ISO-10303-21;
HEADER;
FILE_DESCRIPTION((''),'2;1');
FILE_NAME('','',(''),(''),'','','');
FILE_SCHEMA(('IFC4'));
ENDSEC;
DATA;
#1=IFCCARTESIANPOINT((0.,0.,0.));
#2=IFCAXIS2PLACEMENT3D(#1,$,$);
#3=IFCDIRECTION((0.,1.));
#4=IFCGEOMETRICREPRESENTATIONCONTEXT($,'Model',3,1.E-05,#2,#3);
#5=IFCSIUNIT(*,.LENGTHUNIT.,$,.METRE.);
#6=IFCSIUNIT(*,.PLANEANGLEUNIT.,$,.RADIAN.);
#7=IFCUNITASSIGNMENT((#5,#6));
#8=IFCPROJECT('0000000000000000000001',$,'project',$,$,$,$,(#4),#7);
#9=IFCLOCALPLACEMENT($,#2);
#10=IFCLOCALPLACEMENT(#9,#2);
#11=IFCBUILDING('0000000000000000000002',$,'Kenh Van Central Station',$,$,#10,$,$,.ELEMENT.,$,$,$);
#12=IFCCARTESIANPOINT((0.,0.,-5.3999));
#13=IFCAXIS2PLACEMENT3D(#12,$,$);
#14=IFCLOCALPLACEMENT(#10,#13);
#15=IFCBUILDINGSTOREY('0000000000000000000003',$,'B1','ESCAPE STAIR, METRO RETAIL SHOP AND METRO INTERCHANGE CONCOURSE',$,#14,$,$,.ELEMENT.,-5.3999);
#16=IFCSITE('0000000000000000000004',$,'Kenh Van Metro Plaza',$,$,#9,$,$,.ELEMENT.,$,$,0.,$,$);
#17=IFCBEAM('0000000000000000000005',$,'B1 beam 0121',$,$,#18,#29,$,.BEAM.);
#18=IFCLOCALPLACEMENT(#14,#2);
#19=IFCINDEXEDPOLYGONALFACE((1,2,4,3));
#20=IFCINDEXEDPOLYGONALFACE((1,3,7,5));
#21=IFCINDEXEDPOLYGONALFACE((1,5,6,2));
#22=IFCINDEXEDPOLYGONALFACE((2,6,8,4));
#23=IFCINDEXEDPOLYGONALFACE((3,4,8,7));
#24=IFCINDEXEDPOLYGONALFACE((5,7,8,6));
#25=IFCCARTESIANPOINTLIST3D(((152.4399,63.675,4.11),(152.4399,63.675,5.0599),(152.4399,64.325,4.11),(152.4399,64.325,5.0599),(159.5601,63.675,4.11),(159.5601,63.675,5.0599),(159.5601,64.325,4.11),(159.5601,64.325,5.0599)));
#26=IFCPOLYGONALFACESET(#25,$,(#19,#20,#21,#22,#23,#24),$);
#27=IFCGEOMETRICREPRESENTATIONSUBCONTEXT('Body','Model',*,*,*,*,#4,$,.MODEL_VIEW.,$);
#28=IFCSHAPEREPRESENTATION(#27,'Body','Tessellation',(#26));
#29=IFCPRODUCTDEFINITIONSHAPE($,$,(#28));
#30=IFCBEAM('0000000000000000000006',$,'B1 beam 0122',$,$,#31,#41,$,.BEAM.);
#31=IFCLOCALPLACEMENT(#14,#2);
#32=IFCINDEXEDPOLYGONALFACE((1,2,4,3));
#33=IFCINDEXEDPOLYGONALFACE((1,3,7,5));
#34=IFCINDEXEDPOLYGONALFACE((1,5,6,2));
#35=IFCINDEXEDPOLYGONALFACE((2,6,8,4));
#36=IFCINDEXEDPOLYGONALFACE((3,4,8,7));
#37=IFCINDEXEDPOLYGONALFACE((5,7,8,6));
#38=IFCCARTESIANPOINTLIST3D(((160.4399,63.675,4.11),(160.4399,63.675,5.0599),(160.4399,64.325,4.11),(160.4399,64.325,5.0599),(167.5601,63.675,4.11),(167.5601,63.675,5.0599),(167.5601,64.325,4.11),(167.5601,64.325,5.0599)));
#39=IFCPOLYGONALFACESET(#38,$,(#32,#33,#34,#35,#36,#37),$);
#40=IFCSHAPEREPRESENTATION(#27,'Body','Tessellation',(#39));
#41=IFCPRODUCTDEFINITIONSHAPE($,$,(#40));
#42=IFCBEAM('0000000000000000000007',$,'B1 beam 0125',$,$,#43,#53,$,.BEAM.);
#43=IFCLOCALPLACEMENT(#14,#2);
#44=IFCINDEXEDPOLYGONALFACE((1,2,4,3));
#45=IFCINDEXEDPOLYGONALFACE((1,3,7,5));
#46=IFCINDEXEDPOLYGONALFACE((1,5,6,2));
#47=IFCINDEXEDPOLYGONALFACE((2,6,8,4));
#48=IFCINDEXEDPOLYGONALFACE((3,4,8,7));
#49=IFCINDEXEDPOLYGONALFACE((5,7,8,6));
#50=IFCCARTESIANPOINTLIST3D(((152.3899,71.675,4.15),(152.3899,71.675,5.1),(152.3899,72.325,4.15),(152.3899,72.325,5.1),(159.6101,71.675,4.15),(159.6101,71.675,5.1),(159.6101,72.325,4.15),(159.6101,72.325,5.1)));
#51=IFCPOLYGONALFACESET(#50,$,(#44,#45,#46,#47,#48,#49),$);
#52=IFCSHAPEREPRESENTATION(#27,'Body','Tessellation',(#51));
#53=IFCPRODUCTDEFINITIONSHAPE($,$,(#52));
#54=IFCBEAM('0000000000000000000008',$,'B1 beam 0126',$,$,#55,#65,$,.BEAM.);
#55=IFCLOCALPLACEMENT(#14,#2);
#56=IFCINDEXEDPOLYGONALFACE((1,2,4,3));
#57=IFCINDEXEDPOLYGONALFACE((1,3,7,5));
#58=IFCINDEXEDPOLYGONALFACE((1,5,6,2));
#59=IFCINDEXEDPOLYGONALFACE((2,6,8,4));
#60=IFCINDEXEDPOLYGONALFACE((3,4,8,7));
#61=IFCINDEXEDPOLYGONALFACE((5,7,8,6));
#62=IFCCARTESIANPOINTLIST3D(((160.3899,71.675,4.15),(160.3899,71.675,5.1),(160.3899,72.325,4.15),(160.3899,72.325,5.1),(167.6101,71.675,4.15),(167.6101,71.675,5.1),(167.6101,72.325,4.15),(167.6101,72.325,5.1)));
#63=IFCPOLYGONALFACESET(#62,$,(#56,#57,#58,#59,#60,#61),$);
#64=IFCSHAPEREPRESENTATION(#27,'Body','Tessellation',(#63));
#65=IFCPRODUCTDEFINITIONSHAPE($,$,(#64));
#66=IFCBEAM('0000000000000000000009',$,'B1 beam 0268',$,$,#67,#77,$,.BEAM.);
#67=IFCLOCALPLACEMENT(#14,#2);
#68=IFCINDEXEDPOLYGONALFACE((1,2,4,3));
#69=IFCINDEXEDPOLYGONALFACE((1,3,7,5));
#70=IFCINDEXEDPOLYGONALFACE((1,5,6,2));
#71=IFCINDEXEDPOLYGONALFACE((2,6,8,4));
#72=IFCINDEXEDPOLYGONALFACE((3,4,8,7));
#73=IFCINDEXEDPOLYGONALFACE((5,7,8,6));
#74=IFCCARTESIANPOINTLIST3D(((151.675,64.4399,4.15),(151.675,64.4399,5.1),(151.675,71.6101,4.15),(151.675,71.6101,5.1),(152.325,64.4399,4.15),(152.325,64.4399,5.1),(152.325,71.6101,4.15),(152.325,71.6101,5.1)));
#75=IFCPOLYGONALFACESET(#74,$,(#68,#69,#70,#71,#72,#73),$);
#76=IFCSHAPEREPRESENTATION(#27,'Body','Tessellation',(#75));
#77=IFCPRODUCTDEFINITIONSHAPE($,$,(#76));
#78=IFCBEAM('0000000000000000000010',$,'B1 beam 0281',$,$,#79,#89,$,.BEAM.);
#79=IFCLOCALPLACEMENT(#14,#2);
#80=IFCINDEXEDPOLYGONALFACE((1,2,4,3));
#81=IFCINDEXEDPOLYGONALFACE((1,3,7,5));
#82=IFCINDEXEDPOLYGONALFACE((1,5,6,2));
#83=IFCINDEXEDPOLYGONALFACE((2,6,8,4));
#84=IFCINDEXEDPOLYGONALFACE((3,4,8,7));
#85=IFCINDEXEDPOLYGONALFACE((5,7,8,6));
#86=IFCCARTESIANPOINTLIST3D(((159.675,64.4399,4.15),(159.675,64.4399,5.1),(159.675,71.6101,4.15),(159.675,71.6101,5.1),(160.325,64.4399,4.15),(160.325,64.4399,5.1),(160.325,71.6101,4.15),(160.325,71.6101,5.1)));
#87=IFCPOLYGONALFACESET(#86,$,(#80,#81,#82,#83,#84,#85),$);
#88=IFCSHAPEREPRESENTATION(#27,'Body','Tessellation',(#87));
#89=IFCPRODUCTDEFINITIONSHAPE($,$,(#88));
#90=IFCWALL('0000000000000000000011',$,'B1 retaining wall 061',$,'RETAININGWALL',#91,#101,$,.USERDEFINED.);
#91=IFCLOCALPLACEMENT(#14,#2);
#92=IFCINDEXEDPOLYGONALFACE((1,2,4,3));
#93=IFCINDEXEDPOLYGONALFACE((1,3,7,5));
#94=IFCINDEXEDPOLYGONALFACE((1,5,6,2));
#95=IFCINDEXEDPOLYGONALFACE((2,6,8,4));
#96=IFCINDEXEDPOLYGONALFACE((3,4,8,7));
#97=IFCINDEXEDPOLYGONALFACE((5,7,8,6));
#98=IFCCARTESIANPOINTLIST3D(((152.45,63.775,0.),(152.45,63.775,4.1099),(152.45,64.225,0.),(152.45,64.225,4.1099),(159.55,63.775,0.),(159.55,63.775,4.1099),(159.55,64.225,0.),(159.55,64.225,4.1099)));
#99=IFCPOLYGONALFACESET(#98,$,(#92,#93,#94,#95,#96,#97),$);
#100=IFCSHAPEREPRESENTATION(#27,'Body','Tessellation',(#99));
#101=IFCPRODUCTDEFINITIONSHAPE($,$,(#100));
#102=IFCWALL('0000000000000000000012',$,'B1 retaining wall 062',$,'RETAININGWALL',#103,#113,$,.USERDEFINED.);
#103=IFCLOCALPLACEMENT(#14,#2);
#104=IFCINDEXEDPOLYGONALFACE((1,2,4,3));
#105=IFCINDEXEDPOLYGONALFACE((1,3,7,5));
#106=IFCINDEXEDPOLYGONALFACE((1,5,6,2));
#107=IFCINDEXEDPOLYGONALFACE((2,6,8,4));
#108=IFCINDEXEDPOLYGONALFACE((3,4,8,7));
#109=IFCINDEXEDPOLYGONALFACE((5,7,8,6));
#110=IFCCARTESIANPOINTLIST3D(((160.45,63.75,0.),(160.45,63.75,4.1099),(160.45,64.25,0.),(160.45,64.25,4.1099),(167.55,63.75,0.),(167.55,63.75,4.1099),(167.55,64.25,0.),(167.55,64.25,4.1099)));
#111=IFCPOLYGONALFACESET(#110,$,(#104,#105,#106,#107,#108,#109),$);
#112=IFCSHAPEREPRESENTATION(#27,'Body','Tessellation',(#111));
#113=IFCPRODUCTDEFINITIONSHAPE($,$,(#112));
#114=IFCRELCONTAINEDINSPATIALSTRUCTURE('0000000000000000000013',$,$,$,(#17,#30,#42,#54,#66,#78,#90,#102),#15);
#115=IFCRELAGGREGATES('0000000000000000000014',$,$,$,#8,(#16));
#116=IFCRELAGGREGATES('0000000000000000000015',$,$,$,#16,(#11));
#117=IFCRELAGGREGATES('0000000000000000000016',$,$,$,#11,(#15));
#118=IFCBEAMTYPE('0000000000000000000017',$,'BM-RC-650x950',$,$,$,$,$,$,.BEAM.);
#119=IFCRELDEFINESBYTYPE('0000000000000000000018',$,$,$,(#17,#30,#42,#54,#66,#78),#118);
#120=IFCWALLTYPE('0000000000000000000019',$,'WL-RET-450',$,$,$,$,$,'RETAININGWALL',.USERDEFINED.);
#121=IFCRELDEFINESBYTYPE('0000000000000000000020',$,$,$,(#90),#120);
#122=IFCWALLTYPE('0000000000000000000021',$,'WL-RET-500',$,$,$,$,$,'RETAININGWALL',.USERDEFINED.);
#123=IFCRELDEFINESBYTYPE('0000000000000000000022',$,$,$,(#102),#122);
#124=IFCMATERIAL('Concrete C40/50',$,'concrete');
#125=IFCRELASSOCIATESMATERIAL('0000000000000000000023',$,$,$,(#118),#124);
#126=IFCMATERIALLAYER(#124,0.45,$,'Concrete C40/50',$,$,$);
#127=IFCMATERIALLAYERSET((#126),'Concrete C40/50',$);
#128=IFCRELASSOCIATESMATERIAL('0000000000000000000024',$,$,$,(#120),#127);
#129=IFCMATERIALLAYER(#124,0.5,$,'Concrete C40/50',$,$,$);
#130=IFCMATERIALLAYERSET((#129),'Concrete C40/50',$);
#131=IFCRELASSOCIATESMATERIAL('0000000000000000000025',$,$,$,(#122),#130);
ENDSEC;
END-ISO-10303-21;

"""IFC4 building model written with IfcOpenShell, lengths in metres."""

from ifc_helpers import new_model, si_unit, direction, frame, frame_2d, origin, origin_2d, place, context, subcontext, project, spatial, rectangle, extrude, material, layer, layer_set, material_profile, profile_set, type_object, element, save


model = new_model("IFC4")

# Units and contexts
model_context = context("Model", 3, precision=1e-05, world=origin(), true_north=direction((0.0, 1.0)))
body_context = subcontext(model_context, "Body", "Model", "MODEL_VIEW")
ifc_project = project(units=[si_unit("LENGTHUNIT", "METRE"), si_unit("PLANEANGLEUNIT", "RADIAN")], contexts=[model_context])

# Site, building, storey
site_placement = place(None, origin())
site = spatial("IfcSite", under=ifc_project, at=site_placement, Name="Kenh Van Metro Plaza", CompositionType="ELEMENT", RefElevation=0.0)
building_placement = place(site_placement, origin())
building = spatial("IfcBuilding", under=site, at=building_placement, Name="Kenh Van Central Station", CompositionType="ELEMENT")
storey_placement = place(building_placement, frame((0.0, 0.0, -5.3999)))
storey = spatial("IfcBuildingStorey", under=building, at=storey_placement, Name="B1", Description="ESCAPE STAIR, METRO RETAIL SHOP AND METRO INTERCHANGE CONCOURSE", CompositionType="ELEMENT", Elevation=-5.3999)

# Shared definitions
ifc_material = material(Name="Concrete C40/50", Category="concrete")

# Beams
ifc_material_profile_1 = material_profile(ifc_material, rectangle(XDim=0.6499, YDim=0.95, at=origin_2d()), Name="RC 650x950")
ifc_profile_set_1 = profile_set([ifc_material_profile_1], Name="Concrete C40/50")
beam_type = type_object("IfcBeamType", Name="BM-RC-650x950", PredefinedType="BEAM", material=ifc_profile_set_1)
for number, where, z_axis, x_axis, name in (
    (1, (152.4399, 64.0, 4.585), (1.0, 0.0, 0.0), (0.0, 1.0, 0.0), "B1 beam 0121"),
    (2, (160.4399, 64.0, 4.585), (1.0, 0.0, 0.0), (0.0, 1.0, 0.0), "B1 beam 0122"),
):
    element("IfcBeam", number, at=place(storey_placement, frame(where, z_axis=z_axis, x_axis=x_axis)), inside=storey, type_object=beam_type, Name=name, PredefinedType="BEAM", context=body_context, shape_type="SweptSolid", body=[
        extrude(rectangle(XDim=0.6499, YDim=0.95, at=origin_2d()), origin(), (0.0, 0.0, 1.0), 7.1201),
    ])
for number, where, z_axis, x_axis, name in (
    (3, (152.3899, 72.0, 4.625), (1.0, 0.0, 0.0), (0.0, 1.0, 0.0), "B1 beam 0125"),
    (4, (160.3899, 72.0, 4.625), (1.0, 0.0, 0.0), (0.0, 1.0, 0.0), "B1 beam 0126"),
):
    element("IfcBeam", number, at=place(storey_placement, frame(where, z_axis=z_axis, x_axis=x_axis)), inside=storey, type_object=beam_type, Name=name, PredefinedType="BEAM", context=body_context, shape_type="SweptSolid", body=[
        extrude(rectangle(XDim=0.6499, YDim=0.95, at=origin_2d()), origin(), (0.0, 0.0, 1.0), 7.2202),
    ])
for number, where, z_axis, x_axis, name in (
    (5, (152.0, 64.4399, 4.625), (0.0, 1.0, 0.0), (-1.0, 0.0, 0.0), "B1 beam 0268"),
    (6, (160.0, 64.4399, 4.625), (0.0, 1.0, 0.0), (-1.0, 0.0, 0.0), "B1 beam 0281"),
):
    element("IfcBeam", number, at=place(storey_placement, frame(where, z_axis=z_axis, x_axis=x_axis)), inside=storey, type_object=beam_type, Name=name, PredefinedType="BEAM", context=body_context, shape_type="SweptSolid", body=[
        extrude(rectangle(XDim=0.6499, YDim=0.95, at=origin_2d()), origin(), (0.0, 0.0, 1.0), 7.1702),
    ])

# Walls
ifc_layer_1 = layer(ifc_material, 0.45, Name="Concrete C40/50")
ifc_layer_set_1 = layer_set([ifc_layer_1], Name="Concrete C40/50")
wall_type_1 = type_object("IfcWallType", Name="WL-RET-450", ElementType="RETAININGWALL", PredefinedType="USERDEFINED", material=ifc_layer_set_1)
wall_1_placement = place(storey_placement, frame((152.45, 64.0, 0.0), z_axis=(0.0, 0.0, 1.0), x_axis=(1.0, 0.0, 0.0)))
element("IfcWall", 7, at=wall_1_placement, inside=storey, type_object=wall_type_1, Name="B1 retaining wall 061", ObjectType="RETAININGWALL", PredefinedType="USERDEFINED", context=body_context, shape_type="SweptSolid", body=[
    extrude(rectangle(XDim=7.1001, YDim=0.45, at=frame_2d((3.55, 0.0))), origin(), (0.0, 0.0, 1.0), 4.1099),
])
ifc_layer_2 = layer(ifc_material, 0.5, Name="Concrete C40/50")
ifc_layer_set_2 = layer_set([ifc_layer_2], Name="Concrete C40/50")
wall_type_2 = type_object("IfcWallType", Name="WL-RET-500", ElementType="RETAININGWALL", PredefinedType="USERDEFINED", material=ifc_layer_set_2)
wall_2_placement = place(storey_placement, frame((160.45, 64.0, 0.0), z_axis=(0.0, 0.0, 1.0), x_axis=(1.0, 0.0, 0.0)))
element("IfcWall", 8, at=wall_2_placement, inside=storey, type_object=wall_type_2, Name="B1 retaining wall 062", ObjectType="RETAININGWALL", PredefinedType="USERDEFINED", context=body_context, shape_type="SweptSolid", body=[
    extrude(rectangle(XDim=7.1001, YDim=0.5, at=frame_2d((3.55, 0.0))), origin(), (0.0, 0.0, 1.0), 4.1099),
])

save(model, "model.ifc")
